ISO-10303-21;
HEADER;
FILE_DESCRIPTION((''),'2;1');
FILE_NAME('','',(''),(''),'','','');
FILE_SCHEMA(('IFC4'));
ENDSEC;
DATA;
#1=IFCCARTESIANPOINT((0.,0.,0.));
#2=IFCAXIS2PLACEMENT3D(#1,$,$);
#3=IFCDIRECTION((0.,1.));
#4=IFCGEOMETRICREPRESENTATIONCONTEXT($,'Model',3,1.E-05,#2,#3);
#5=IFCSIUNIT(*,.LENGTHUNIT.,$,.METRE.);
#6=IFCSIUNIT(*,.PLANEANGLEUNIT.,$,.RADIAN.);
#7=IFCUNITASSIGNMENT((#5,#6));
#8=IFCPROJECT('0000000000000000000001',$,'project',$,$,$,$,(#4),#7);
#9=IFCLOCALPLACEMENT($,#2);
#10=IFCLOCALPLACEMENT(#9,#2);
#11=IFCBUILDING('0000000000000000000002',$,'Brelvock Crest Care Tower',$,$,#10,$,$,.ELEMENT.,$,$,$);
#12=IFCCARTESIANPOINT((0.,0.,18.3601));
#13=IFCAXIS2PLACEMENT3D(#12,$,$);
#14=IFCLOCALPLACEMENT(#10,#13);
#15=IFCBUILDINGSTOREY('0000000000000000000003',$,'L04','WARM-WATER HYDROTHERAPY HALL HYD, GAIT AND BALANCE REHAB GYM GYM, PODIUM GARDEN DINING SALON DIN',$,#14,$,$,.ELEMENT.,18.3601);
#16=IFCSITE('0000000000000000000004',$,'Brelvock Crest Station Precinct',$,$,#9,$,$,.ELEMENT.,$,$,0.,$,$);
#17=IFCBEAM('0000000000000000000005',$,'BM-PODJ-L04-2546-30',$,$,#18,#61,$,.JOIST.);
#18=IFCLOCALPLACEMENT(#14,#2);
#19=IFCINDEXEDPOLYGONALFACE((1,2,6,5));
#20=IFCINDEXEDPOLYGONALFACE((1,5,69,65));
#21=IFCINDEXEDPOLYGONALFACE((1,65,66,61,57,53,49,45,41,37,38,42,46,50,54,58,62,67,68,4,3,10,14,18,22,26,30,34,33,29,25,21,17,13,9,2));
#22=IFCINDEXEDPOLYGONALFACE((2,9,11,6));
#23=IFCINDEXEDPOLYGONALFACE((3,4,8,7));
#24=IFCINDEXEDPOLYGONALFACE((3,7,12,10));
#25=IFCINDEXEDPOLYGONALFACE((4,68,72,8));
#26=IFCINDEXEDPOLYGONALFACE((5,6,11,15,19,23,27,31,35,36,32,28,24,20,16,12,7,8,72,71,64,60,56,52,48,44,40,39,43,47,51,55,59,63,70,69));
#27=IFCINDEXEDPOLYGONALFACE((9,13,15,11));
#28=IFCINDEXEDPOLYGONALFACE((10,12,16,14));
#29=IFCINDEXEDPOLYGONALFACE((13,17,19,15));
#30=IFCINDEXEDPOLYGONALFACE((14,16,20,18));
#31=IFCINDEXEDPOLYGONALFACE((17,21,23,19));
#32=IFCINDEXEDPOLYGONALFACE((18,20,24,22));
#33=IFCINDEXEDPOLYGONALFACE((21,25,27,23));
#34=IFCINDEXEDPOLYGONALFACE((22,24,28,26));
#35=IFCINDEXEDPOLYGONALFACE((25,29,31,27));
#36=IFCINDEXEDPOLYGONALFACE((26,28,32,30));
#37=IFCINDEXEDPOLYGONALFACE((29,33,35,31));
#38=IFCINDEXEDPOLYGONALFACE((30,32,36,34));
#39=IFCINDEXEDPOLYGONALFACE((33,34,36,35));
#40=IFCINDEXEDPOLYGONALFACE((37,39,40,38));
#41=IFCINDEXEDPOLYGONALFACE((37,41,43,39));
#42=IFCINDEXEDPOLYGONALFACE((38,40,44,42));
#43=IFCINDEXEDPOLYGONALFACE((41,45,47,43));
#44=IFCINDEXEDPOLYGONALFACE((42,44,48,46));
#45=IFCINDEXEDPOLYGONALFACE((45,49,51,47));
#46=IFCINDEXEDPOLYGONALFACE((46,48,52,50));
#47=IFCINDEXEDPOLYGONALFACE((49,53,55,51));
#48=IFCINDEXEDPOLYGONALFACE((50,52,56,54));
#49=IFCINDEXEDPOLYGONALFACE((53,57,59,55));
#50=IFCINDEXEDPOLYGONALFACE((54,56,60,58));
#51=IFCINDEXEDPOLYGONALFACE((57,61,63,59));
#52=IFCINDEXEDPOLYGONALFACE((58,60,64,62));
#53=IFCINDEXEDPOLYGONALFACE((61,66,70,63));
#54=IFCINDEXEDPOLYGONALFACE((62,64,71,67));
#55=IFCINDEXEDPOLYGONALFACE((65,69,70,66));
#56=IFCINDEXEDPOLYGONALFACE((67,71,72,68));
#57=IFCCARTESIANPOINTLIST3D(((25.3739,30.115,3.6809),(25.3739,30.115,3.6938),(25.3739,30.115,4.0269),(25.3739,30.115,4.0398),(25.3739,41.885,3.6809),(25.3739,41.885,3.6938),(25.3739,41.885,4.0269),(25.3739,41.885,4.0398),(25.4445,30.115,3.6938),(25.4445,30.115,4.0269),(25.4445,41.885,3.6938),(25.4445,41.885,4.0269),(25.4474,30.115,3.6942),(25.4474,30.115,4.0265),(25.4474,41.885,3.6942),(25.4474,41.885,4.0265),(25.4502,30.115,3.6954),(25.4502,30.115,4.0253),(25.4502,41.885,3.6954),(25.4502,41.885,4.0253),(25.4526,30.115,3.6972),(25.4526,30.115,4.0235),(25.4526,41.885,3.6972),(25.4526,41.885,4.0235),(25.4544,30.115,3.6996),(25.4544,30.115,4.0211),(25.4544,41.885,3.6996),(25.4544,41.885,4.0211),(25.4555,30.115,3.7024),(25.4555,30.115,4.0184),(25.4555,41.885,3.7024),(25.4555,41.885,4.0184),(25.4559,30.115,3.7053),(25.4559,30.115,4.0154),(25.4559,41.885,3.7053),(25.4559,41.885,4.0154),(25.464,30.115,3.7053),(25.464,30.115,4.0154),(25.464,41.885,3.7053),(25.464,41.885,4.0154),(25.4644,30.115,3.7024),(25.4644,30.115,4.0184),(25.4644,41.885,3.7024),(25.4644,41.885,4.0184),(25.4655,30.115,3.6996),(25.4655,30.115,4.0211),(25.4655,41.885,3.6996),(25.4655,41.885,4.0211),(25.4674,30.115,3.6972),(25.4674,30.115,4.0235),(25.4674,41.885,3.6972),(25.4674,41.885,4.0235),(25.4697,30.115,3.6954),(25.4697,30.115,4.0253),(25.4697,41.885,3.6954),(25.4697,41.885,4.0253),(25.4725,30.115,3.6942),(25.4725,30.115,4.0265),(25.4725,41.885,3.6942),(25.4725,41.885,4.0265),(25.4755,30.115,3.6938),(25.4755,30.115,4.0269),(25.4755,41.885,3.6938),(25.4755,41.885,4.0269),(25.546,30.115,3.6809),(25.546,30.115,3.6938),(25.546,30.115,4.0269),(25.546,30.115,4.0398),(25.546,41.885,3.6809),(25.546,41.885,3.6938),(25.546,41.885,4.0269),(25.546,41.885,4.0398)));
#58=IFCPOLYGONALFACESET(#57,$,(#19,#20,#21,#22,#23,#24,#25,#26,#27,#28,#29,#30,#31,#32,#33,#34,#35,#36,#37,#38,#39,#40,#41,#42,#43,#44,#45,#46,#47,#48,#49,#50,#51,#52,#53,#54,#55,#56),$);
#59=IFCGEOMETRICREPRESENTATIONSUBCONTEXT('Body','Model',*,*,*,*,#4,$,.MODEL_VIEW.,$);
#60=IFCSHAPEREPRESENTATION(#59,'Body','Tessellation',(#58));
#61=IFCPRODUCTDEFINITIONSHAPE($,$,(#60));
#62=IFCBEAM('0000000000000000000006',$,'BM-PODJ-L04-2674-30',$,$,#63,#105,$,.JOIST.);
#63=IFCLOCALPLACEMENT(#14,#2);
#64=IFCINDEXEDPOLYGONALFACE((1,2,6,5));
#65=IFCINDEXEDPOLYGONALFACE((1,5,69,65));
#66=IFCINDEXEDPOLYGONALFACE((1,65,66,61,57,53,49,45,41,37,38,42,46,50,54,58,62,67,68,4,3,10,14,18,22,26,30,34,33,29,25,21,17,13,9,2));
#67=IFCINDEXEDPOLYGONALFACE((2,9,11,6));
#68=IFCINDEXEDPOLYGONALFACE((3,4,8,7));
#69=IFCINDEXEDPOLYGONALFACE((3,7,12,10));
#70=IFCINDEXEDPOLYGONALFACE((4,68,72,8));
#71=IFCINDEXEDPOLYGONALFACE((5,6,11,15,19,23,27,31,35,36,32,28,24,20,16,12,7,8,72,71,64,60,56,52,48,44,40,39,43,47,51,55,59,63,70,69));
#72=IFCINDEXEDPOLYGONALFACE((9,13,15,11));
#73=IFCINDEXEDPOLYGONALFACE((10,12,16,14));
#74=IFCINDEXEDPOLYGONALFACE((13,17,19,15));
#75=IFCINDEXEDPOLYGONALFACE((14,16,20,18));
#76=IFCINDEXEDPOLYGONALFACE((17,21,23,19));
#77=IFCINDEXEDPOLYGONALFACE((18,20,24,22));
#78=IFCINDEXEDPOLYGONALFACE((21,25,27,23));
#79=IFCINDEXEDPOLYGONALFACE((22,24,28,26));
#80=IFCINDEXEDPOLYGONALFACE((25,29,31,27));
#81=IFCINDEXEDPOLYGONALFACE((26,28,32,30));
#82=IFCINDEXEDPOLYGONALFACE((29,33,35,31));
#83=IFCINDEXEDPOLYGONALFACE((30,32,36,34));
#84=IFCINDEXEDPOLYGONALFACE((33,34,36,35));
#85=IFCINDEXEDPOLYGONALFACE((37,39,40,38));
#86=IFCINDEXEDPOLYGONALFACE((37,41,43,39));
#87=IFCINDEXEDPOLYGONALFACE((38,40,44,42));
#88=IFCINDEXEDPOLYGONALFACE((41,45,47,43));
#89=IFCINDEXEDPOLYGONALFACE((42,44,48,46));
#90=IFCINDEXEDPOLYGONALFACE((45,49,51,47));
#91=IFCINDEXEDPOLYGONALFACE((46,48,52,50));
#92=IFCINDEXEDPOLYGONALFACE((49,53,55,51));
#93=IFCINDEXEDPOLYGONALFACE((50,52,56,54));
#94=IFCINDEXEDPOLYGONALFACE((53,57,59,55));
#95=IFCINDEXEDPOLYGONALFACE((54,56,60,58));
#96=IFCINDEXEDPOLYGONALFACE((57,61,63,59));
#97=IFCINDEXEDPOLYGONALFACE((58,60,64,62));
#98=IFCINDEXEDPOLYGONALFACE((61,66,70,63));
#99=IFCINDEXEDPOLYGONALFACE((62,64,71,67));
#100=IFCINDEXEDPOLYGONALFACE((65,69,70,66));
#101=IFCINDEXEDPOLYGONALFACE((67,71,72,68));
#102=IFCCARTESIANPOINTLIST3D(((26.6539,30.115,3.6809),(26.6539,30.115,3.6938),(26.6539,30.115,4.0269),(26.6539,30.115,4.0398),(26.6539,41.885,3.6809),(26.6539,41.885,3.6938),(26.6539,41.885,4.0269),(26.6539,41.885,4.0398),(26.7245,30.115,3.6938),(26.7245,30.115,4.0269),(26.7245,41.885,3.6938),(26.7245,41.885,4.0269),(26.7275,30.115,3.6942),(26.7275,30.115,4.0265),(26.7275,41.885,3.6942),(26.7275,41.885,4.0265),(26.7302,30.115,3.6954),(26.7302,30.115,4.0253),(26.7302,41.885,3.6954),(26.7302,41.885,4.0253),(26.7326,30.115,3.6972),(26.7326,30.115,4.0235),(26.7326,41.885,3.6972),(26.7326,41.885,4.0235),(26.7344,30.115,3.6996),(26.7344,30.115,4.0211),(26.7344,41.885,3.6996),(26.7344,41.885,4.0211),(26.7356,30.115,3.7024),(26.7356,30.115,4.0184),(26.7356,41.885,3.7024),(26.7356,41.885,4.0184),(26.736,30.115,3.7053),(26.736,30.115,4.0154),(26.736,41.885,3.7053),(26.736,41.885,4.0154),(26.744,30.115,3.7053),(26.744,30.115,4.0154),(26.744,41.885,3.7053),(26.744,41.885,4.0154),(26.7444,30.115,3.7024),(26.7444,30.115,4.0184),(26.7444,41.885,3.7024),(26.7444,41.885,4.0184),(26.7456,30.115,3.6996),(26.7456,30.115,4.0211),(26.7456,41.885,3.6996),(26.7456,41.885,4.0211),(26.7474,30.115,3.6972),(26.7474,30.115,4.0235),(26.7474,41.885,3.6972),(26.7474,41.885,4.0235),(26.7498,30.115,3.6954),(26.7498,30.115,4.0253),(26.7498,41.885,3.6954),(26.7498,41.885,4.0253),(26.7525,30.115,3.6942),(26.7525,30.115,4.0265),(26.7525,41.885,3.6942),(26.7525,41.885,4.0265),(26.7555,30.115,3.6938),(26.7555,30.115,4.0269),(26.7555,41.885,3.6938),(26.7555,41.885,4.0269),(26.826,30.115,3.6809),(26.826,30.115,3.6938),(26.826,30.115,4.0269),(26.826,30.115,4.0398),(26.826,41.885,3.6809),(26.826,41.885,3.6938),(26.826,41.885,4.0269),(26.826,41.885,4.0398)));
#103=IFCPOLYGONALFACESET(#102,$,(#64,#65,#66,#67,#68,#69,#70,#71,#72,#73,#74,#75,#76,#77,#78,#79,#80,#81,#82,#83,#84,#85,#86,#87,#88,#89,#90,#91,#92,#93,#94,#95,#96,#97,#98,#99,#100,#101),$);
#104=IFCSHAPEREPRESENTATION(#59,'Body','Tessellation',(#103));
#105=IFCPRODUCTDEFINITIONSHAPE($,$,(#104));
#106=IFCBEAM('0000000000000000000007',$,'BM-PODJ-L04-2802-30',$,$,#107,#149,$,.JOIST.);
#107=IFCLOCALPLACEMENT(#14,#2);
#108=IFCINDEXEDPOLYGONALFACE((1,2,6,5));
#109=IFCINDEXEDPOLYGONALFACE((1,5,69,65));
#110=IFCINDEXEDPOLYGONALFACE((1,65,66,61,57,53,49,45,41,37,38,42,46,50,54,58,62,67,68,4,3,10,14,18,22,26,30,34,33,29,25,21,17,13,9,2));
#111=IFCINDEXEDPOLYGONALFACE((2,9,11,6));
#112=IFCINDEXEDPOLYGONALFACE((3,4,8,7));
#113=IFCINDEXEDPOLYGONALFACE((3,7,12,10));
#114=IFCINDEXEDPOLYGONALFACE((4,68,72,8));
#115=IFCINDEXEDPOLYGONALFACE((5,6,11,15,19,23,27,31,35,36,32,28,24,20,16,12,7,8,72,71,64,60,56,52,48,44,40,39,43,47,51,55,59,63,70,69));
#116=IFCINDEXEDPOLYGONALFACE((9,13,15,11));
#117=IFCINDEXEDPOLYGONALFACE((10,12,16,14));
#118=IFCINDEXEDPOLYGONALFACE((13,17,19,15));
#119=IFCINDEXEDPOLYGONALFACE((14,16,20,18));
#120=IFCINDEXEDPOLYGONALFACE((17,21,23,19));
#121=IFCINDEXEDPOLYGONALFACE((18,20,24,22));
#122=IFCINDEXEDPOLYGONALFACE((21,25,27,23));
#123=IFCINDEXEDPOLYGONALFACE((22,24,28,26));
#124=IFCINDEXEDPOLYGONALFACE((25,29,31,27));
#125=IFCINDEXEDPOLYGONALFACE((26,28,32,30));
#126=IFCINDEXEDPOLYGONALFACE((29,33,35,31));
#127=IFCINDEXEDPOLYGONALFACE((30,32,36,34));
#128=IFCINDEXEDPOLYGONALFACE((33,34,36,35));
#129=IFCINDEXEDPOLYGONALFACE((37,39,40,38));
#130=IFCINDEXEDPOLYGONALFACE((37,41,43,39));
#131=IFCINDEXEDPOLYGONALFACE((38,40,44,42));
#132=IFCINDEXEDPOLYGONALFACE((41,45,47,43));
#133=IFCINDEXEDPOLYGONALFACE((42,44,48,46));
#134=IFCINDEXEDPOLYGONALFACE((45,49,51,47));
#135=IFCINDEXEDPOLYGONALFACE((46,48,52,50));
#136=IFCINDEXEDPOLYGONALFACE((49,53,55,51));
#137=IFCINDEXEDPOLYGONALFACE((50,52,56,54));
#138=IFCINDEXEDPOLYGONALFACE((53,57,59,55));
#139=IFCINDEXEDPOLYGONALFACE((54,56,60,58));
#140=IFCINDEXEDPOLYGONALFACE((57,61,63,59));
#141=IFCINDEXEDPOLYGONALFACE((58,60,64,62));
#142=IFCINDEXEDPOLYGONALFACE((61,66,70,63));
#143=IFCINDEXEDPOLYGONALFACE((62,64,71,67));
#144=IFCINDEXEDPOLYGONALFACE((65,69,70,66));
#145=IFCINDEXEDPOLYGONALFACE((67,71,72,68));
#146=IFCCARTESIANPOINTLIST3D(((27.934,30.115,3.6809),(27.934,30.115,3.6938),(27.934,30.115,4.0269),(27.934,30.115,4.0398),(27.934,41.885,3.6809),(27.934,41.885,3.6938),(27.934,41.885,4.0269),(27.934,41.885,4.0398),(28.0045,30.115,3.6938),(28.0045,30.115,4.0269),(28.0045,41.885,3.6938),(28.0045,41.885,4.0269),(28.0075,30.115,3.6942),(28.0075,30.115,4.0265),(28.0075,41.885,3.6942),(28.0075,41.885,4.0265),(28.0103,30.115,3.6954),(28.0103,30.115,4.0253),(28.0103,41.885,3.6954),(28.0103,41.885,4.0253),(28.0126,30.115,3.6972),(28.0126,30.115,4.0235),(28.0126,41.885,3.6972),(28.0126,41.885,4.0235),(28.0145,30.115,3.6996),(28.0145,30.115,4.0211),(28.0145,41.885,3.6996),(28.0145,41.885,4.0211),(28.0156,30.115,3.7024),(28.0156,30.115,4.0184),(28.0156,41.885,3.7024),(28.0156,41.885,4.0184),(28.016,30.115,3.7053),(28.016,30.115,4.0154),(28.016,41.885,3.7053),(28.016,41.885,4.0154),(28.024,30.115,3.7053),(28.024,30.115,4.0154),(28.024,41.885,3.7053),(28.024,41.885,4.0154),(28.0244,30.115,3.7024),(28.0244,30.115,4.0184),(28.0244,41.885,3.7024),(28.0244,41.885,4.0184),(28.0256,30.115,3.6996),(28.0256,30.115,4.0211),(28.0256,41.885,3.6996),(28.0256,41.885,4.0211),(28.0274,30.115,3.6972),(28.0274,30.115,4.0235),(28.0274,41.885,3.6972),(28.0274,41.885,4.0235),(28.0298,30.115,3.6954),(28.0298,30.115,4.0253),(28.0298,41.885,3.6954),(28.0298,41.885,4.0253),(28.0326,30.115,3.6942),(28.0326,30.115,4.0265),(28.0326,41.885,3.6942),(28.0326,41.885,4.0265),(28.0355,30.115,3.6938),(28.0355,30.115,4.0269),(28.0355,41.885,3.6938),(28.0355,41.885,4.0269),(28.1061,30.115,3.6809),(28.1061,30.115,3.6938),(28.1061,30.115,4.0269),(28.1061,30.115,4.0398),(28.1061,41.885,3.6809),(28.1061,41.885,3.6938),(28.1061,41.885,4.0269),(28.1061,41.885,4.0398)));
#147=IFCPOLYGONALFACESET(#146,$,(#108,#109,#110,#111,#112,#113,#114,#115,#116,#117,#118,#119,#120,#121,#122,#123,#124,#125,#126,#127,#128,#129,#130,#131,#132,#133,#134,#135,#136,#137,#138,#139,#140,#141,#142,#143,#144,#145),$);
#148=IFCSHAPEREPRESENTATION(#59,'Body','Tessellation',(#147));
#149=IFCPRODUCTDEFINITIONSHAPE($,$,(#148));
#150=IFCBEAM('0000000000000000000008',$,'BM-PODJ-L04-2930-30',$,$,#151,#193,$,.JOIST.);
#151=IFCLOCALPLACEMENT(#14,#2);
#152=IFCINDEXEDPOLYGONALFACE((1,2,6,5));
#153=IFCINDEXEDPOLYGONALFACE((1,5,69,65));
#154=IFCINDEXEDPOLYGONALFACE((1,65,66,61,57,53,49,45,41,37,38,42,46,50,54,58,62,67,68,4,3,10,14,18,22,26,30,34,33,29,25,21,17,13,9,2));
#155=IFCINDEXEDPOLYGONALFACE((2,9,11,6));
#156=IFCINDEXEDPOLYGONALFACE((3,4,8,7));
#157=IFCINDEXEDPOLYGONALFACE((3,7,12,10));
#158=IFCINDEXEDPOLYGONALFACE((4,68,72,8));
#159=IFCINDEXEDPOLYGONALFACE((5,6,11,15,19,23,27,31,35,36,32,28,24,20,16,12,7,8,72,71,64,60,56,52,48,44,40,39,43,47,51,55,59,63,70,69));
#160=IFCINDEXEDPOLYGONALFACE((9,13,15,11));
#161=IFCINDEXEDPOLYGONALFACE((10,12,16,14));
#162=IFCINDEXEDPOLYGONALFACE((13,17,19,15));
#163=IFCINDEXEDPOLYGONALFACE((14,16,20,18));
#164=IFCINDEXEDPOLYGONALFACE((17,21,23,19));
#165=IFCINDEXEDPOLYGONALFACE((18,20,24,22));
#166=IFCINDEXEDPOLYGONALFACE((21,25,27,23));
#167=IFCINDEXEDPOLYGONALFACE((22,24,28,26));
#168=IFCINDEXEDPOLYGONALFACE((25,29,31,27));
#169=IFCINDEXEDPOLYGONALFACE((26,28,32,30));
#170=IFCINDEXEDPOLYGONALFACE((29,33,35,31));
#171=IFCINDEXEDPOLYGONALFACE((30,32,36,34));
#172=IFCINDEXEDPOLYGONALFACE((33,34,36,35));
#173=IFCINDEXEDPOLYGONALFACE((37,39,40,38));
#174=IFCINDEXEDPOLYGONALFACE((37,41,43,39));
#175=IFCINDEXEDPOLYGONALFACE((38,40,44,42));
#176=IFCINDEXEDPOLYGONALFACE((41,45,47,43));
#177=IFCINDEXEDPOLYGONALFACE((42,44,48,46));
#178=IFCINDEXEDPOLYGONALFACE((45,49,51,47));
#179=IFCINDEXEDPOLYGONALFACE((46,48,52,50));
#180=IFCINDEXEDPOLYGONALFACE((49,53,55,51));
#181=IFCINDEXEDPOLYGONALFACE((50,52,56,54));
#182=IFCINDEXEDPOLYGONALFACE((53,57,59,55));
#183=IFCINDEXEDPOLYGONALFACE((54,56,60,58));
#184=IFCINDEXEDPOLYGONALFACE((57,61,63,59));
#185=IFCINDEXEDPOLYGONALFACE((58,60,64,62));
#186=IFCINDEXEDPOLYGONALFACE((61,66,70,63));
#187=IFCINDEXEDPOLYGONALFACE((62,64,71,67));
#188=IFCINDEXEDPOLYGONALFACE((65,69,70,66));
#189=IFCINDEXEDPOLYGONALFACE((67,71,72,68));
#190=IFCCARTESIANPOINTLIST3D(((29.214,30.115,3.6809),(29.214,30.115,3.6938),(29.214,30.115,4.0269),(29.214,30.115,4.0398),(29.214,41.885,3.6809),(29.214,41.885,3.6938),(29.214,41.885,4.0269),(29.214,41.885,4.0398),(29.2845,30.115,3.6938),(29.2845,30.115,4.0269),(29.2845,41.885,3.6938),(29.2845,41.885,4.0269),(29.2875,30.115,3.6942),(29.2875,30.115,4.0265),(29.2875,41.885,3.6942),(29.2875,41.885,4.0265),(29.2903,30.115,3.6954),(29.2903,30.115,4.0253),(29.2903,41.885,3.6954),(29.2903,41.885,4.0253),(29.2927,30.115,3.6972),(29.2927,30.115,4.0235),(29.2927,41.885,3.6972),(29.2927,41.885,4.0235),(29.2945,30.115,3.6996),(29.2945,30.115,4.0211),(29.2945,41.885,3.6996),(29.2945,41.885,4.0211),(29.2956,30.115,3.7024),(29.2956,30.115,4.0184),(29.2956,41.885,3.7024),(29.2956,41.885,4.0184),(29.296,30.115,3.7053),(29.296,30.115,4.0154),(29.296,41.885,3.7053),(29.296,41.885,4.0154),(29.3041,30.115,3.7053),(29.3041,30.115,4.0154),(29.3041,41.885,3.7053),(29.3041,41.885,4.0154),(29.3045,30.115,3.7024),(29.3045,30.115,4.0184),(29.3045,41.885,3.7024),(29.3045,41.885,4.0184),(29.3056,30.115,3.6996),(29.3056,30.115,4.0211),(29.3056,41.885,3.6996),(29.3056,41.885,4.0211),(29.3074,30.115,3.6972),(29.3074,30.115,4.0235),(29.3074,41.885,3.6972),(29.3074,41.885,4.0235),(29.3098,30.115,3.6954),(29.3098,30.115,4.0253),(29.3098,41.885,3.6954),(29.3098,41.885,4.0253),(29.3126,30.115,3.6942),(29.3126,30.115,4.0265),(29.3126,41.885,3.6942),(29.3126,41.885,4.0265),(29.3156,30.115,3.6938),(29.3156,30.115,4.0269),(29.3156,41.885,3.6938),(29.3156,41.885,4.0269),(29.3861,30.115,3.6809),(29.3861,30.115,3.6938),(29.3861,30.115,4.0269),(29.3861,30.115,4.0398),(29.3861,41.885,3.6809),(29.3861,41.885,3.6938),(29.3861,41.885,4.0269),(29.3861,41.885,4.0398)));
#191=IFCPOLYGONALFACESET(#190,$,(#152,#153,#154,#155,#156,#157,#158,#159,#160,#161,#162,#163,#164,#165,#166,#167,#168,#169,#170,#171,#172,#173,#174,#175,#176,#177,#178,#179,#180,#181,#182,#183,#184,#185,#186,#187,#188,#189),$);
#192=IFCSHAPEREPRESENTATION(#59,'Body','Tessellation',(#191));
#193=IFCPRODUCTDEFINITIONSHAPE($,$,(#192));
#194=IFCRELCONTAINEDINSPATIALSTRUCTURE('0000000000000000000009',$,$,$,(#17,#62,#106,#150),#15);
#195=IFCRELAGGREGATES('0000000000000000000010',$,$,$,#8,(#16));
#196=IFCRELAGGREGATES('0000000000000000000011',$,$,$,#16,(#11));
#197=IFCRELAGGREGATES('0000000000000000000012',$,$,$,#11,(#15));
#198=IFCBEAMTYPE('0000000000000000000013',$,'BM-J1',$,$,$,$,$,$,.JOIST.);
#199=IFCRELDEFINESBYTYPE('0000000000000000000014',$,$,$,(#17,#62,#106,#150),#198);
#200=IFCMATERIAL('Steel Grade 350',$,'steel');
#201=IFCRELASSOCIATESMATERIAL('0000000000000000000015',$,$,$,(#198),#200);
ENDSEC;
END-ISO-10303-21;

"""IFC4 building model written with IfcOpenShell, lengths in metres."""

from ifc_helpers import new_model, si_unit, direction, frame, origin, origin_2d, place, context, subcontext, project, spatial, i_section, extrude, source, transform, mapped, material, material_profile, profile_set, type_object, element, save


model = new_model("IFC4")

# Units and contexts
model_context = context("Model", 3, precision=1e-05, world=origin(), true_north=direction((0.0, 1.0)))
body_context = subcontext(model_context, "Body", "Model", "MODEL_VIEW")
ifc_project = project(units=[si_unit("LENGTHUNIT", "METRE"), si_unit("PLANEANGLEUNIT", "RADIAN")], contexts=[model_context])

# Site, building, storey
site_placement = place(None, origin())
site = spatial("IfcSite", under=ifc_project, at=site_placement, Name="Brelvock Crest Station Precinct", CompositionType="ELEMENT", RefElevation=0.0)
building_placement = place(site_placement, origin())
building = spatial("IfcBuilding", under=site, at=building_placement, Name="Brelvock Crest Care Tower", CompositionType="ELEMENT")
storey_placement = place(building_placement, frame((0.0, 0.0, 18.3601)))
storey = spatial("IfcBuildingStorey", under=building, at=storey_placement, Name="L04", Description="WARM-WATER HYDROTHERAPY HALL HYD, GAIT AND BALANCE REHAB GYM GYM, PODIUM GARDEN DINING SALON DIN", CompositionType="ELEMENT", Elevation=18.3601)

# Shared definitions
ifc_material_1 = material(Name="Steel Grade 350", Category="steel")

# Beams
ifc_material_profile_1 = material_profile(ifc_material_1, i_section(OverallWidth=0.1721, OverallDepth=0.3589, WebThickness=0.0081, FlangeThickness=0.0129, FilletRadius=0.0115, at=origin_2d()), Name="360UB56.7")
ifc_profile_set_1 = profile_set([ifc_material_profile_1], Name="Steel Grade 350")
beam_type_1 = type_object("IfcBeamType", Name="BM-J1", PredefinedType="JOIST", material=ifc_profile_set_1)
shared_shape_1 = source(origin(), body_context, "Body", "SweptSolid", [
    extrude(i_section(OverallWidth=0.1721, OverallDepth=0.3589, WebThickness=0.0081, FlangeThickness=0.0129, FilletRadius=0.0115, at=origin_2d()), origin(), (0.0, 0.0, 1.0), 11.77),
])
for number, where, z_axis, x_axis, name in (
    (1, (25.46, 30.115, 3.8604), (0.0, 1.0, 0.0), (-1.0, 0.0, 0.0), "BM-PODJ-L04-2546-30"),
    (2, (26.74, 30.115, 3.8604), (0.0, 1.0, 0.0), (-1.0, 0.0, 0.0), "BM-PODJ-L04-2674-30"),
    (3, (28.02, 30.115, 3.8604), (0.0, 1.0, 0.0), (-1.0, 0.0, 0.0), "BM-PODJ-L04-2802-30"),
    (4, (29.3, 30.115, 3.8604), (0.0, 1.0, 0.0), (-1.0, 0.0, 0.0), "BM-PODJ-L04-2930-30"),
):
    element("IfcBeam", number, at=place(storey_placement, frame(where, z_axis=z_axis, x_axis=x_axis)), inside=storey, type_object=beam_type_1, Name=name, PredefinedType="JOIST", context=body_context, shape_type="MappedRepresentation", body=[
        mapped(shared_shape_1, transform((0.0, 0.0, 0.0), x_axis=(1.0, 0.0, 0.0), y_axis=(0.0, 1.0, 0.0), z_axis=(0.0, 0.0, 1.0), scale=1.0)),
    ])

save(model, "model.ifc")
